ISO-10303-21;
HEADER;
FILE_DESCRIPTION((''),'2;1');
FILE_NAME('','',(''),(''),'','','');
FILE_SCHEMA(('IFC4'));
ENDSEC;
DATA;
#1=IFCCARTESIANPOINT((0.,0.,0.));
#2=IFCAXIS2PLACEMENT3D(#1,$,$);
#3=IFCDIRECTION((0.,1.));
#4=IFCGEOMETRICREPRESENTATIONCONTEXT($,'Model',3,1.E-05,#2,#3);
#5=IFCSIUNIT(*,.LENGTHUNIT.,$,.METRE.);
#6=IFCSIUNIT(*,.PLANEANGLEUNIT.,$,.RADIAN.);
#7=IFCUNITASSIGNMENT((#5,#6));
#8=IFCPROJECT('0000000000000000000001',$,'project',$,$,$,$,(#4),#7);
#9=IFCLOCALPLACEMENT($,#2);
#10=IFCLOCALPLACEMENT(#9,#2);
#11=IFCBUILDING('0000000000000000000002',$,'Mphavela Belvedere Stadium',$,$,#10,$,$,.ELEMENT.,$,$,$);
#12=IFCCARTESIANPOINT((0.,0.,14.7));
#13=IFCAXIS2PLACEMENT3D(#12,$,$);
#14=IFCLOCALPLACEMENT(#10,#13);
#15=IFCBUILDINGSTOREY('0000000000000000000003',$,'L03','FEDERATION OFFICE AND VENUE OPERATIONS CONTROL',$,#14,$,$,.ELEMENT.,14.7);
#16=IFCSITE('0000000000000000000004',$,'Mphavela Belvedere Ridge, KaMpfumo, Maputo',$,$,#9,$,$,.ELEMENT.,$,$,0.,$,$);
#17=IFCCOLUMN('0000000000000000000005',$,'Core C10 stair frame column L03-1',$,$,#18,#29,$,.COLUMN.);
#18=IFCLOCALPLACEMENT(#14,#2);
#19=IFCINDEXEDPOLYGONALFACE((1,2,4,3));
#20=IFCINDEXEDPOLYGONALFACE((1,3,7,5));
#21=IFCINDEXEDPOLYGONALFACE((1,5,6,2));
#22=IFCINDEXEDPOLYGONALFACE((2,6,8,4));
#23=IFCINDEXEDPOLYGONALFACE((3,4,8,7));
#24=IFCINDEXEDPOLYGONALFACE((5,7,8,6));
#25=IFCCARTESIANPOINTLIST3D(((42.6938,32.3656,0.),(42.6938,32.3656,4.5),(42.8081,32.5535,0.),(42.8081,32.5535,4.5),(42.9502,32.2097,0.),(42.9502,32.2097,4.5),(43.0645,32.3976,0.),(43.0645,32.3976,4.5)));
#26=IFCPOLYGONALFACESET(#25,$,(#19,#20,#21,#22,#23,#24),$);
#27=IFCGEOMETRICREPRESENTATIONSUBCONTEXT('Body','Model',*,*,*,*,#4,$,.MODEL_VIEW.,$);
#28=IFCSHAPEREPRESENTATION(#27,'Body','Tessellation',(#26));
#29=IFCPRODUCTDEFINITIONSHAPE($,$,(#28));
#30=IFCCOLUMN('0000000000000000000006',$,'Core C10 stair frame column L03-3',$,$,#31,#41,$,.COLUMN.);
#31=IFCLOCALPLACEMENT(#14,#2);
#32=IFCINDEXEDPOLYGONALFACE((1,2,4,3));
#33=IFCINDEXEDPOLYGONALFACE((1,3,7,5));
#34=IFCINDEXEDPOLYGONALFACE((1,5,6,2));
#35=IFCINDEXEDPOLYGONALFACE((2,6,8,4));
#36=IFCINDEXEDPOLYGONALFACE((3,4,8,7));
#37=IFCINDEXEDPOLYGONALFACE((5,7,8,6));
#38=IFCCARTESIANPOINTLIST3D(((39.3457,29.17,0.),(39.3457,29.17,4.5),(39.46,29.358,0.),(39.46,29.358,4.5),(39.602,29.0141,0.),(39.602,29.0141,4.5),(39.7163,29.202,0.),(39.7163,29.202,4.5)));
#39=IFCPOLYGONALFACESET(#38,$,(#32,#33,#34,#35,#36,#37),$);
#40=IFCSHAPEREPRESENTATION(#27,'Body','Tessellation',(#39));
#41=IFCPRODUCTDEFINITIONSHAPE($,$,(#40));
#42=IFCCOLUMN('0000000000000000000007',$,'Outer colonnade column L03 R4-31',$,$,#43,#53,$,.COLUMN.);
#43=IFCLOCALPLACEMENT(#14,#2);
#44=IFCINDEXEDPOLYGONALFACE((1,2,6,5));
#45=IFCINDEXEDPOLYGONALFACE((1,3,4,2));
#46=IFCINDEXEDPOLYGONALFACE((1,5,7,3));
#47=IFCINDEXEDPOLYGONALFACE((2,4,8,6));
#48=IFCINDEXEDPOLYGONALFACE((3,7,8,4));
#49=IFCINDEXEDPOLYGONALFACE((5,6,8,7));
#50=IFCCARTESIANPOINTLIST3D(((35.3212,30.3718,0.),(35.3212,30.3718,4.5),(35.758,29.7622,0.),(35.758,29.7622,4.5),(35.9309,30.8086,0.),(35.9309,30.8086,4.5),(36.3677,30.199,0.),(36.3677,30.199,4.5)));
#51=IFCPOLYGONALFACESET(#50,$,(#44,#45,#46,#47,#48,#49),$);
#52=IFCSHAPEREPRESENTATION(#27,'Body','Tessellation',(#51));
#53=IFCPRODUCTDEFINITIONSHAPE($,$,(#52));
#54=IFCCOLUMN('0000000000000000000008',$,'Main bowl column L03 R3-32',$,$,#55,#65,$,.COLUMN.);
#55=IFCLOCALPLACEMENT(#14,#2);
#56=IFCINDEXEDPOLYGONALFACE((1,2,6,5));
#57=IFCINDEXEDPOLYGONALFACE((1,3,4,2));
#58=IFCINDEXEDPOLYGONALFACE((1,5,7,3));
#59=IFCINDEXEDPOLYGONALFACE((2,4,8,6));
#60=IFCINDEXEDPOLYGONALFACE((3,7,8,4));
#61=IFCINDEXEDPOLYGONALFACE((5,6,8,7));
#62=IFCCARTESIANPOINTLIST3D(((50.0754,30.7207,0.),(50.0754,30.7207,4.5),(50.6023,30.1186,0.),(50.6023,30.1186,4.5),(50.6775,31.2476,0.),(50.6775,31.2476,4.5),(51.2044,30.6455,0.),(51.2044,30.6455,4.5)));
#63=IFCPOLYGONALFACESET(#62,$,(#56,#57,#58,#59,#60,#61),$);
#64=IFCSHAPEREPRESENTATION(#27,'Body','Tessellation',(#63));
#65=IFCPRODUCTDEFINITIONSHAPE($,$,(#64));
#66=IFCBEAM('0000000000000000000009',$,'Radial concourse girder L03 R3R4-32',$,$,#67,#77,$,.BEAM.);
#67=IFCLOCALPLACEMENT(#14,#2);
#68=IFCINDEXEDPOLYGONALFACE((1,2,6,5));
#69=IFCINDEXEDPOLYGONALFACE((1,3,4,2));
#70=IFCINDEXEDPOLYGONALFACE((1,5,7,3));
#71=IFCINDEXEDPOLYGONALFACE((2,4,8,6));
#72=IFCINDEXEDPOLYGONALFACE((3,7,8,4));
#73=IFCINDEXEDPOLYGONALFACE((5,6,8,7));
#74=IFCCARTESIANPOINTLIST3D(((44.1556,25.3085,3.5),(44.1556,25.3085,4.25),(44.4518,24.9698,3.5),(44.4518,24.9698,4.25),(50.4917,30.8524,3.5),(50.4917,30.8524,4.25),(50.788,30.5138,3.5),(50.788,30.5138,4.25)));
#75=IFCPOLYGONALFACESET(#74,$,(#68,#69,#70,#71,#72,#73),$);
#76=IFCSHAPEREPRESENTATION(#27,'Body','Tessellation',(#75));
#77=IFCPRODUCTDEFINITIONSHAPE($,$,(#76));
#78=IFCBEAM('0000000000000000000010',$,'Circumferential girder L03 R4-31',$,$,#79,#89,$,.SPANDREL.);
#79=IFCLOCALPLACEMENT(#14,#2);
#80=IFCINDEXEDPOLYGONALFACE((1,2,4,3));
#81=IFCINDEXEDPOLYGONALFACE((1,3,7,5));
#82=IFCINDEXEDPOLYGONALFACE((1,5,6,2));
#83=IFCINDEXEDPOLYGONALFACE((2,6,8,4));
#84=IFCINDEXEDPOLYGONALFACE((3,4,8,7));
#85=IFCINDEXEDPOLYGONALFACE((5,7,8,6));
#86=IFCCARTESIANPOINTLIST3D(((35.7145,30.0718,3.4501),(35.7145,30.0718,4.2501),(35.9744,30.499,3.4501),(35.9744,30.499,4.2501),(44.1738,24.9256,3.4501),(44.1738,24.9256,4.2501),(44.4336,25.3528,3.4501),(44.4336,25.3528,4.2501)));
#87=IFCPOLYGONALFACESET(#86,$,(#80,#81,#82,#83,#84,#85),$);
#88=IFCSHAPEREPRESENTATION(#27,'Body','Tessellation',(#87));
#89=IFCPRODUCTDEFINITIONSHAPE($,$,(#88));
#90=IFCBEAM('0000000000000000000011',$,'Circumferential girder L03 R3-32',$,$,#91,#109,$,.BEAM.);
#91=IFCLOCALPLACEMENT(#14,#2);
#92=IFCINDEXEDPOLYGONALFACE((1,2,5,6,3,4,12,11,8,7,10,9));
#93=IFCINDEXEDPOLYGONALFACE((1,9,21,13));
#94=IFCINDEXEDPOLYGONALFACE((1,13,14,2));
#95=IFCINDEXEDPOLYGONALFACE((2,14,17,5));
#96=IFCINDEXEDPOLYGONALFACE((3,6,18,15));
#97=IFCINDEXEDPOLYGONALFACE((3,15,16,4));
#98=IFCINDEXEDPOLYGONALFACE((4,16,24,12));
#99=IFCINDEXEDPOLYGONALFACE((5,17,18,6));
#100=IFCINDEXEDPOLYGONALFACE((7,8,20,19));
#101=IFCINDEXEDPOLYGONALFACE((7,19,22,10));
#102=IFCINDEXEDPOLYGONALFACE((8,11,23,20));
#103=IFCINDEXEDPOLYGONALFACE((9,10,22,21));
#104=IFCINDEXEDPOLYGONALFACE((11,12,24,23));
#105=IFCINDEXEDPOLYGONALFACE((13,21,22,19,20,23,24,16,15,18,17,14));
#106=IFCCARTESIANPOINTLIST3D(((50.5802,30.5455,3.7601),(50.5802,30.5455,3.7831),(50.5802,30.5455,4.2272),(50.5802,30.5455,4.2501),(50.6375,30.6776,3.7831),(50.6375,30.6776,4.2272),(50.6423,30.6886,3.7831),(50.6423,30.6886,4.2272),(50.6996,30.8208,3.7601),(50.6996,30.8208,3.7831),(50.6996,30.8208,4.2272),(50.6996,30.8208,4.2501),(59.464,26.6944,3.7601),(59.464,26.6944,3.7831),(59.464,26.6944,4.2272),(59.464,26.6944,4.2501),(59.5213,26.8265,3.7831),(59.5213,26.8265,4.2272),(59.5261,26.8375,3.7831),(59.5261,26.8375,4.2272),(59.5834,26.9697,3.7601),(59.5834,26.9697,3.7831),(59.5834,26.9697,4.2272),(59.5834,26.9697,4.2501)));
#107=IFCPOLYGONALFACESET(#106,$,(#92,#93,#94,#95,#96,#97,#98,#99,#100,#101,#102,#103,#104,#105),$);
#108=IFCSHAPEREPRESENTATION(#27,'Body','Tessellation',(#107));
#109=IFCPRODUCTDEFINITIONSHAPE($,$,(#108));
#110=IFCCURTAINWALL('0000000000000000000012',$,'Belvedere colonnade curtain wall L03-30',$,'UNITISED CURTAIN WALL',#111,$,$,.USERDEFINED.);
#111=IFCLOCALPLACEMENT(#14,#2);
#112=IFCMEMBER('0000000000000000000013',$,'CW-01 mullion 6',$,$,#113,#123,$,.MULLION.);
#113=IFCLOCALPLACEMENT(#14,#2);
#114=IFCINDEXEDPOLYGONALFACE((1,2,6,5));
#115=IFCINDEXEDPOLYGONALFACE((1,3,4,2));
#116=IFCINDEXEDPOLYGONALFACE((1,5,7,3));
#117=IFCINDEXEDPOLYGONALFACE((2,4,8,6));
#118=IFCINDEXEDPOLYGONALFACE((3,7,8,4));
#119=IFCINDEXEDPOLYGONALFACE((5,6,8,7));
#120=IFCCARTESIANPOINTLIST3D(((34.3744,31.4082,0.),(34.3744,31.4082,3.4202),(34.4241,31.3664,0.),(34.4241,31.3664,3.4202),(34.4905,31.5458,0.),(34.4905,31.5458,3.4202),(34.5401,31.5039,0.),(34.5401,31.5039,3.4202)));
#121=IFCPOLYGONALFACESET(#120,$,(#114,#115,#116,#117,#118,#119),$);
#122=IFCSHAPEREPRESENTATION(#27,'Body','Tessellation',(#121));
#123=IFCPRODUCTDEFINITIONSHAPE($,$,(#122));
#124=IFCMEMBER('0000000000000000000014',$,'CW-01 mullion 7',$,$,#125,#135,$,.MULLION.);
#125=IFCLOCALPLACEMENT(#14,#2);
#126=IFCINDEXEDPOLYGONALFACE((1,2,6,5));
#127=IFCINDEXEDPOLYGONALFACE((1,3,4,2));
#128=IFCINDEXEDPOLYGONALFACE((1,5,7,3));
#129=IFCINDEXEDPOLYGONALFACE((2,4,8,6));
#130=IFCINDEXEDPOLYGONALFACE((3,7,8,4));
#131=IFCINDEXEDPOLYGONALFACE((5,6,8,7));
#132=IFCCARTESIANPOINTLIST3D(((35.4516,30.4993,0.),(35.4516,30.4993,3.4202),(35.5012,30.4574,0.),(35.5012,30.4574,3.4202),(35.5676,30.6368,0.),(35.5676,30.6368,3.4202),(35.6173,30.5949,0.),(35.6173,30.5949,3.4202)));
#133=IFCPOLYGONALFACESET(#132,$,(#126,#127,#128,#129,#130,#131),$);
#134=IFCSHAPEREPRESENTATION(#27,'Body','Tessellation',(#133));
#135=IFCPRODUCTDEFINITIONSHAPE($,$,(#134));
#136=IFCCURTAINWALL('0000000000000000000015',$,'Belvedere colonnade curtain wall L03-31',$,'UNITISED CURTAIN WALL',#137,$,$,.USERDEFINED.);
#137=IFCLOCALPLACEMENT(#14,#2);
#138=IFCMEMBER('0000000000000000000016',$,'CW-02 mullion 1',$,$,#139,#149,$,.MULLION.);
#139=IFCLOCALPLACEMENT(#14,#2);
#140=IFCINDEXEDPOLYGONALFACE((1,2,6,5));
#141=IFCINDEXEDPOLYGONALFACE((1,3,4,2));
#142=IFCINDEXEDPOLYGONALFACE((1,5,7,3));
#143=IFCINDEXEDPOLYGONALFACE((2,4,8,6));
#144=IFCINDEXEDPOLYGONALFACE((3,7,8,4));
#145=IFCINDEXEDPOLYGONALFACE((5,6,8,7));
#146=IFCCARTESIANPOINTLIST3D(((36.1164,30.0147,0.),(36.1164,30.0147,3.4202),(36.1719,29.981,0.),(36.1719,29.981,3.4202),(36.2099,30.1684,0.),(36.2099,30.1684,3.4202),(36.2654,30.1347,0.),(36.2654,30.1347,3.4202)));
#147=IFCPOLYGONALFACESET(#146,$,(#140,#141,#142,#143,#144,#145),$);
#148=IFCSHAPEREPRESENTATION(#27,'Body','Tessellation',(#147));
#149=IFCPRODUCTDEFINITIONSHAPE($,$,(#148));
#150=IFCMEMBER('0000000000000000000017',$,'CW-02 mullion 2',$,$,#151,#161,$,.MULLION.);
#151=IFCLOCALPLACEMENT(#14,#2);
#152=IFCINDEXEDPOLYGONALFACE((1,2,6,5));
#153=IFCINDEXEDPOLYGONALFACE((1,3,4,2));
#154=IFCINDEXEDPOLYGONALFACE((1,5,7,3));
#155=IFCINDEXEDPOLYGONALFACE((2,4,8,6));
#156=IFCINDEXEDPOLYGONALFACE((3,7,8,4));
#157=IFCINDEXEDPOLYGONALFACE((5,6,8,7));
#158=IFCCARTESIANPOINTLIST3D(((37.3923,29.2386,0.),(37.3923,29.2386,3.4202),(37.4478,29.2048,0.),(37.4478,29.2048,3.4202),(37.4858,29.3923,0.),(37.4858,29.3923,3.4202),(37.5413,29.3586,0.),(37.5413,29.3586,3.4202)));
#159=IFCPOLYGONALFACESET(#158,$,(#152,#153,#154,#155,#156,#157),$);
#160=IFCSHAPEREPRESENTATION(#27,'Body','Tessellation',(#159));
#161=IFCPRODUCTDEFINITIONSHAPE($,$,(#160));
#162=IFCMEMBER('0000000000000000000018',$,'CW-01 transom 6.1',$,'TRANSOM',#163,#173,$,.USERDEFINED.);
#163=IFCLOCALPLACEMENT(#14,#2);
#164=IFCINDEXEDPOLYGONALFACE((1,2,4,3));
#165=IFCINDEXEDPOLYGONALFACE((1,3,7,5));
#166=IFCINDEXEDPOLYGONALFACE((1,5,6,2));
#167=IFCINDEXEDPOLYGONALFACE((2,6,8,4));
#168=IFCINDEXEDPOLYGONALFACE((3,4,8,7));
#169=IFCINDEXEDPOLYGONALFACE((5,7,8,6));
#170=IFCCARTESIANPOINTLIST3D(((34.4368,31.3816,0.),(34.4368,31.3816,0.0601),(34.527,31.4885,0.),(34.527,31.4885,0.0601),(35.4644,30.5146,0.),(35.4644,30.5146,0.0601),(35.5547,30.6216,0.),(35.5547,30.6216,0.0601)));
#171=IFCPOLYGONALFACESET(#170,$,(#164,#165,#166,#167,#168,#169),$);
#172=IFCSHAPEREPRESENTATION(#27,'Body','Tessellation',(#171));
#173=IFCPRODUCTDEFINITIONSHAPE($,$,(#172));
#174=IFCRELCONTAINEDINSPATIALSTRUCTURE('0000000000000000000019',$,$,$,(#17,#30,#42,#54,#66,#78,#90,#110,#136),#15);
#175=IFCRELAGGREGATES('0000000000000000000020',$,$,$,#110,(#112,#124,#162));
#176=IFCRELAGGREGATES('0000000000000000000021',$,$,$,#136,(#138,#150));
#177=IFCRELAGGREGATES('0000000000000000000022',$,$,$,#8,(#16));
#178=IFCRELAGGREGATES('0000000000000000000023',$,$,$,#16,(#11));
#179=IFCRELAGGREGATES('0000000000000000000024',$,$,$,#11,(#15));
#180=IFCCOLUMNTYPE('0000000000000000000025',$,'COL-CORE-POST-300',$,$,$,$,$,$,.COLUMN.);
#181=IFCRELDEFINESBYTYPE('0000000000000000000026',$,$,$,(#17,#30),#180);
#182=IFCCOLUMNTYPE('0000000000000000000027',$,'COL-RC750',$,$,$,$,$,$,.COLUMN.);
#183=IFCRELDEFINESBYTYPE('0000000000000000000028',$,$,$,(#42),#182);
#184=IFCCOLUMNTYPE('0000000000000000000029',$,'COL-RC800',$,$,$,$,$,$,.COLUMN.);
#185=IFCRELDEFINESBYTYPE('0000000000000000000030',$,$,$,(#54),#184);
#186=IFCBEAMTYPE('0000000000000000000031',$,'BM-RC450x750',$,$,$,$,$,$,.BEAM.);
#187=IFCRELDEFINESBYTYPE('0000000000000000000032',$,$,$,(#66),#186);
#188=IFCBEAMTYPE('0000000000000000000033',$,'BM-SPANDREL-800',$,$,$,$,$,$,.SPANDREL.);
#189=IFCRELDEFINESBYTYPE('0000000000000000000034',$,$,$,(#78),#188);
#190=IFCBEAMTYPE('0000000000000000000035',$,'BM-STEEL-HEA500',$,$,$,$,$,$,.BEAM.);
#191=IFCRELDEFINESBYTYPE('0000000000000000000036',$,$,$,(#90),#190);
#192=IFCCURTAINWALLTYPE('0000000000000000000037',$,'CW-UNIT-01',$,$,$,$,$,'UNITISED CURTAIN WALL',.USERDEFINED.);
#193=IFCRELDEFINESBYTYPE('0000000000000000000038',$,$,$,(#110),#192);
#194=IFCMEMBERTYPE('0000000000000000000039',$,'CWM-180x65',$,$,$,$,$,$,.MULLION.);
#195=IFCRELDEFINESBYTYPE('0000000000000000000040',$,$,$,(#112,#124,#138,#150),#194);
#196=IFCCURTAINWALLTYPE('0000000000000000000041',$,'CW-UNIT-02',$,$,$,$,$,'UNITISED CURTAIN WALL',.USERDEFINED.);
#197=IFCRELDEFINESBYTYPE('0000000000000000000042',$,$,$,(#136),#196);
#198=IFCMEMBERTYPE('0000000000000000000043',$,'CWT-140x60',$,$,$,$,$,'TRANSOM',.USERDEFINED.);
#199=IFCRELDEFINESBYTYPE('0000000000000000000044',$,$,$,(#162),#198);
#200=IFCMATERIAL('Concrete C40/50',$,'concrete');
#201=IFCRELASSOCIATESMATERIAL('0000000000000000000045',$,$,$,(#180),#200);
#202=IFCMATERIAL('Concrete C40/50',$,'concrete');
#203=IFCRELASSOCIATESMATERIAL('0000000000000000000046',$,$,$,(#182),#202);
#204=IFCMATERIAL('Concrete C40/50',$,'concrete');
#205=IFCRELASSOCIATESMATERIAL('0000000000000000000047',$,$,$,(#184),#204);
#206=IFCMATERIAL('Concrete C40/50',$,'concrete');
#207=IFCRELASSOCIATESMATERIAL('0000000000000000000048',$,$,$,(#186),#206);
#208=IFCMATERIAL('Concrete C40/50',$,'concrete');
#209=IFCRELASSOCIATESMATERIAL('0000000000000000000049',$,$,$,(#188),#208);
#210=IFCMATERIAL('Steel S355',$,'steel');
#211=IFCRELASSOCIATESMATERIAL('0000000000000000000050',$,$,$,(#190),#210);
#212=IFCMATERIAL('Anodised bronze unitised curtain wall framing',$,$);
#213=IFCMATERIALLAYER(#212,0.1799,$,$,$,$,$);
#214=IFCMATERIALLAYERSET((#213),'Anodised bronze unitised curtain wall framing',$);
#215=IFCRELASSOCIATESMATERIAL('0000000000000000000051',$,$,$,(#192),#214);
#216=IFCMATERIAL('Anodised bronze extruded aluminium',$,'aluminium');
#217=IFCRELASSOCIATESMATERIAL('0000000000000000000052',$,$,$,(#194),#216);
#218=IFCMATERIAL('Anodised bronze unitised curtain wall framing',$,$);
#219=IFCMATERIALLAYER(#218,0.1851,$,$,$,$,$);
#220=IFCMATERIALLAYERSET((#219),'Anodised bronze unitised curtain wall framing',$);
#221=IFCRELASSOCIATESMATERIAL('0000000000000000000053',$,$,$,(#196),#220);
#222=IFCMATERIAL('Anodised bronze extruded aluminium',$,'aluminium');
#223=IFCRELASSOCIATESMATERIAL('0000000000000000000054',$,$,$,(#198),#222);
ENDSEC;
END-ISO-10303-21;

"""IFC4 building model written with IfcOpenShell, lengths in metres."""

from ifc_helpers import new_model, si_unit, direction, frame, origin, origin_2d, place, context, subcontext, project, spatial, rectangle, i_section, extrude, material, layer, layer_set, material_profile, profile_set, type_object, element, aggregate, save


model = new_model("IFC4")

# Units and contexts
model_context = context("Model", 3, precision=1e-05, world=origin(), true_north=direction((0.0, 1.0)))
body_context = subcontext(model_context, "Body", "Model", "MODEL_VIEW")
ifc_project = project(units=[si_unit("LENGTHUNIT", "METRE"), si_unit("PLANEANGLEUNIT", "RADIAN")], contexts=[model_context])

# Site, building, storey
site_placement = place(None, origin())
site = spatial("IfcSite", under=ifc_project, at=site_placement, Name="Mphavela Belvedere Ridge, KaMpfumo, Maputo", CompositionType="ELEMENT", RefElevation=0.0)
building_placement = place(site_placement, origin())
building = spatial("IfcBuilding", under=site, at=building_placement, Name="Mphavela Belvedere Stadium", CompositionType="ELEMENT")
storey_placement = place(building_placement, frame((0.0, 0.0, 14.7)))
storey = spatial("IfcBuildingStorey", under=building, at=storey_placement, Name="L03", Description="FEDERATION OFFICE AND VENUE OPERATIONS CONTROL", CompositionType="ELEMENT", Elevation=14.7)

# Columns
ifc_material_1 = material(Name="Concrete C40/50", Category="concrete")
ifc_material_profile_1 = material_profile(ifc_material_1, rectangle(XDim=0.3, YDim=0.22, at=origin_2d()), Name="RC 300x220")
ifc_profile_set_1 = profile_set([ifc_material_profile_1], Name="Concrete C40/50")
column_type_1 = type_object("IfcColumnType", Name="COL-CORE-POST-300", PredefinedType="COLUMN", material=ifc_profile_set_1)
for number, where, z_axis, x_axis, name in (
    (1, (42.8792, 32.3816, 0.0), (0.0, 0.0, 1.0), (-0.854368, 0.519668, 0.0), "Core C10 stair frame column L03-1"),
    (2, (39.531, 29.186, 0.0), (0.0, 0.0, 1.0), (-0.854368, 0.519668, 0.0), "Core C10 stair frame column L03-3"),
):
    element("IfcColumn", number, at=place(storey_placement, frame(where, z_axis=z_axis, x_axis=x_axis)), inside=storey, type_object=column_type_1, Name=name, PredefinedType="COLUMN", context=body_context, shape_type="SweptSolid", body=[
        extrude(rectangle(XDim=0.3, YDim=0.22, at=origin_2d()), origin(), (0.0, 0.0, 1.0), 4.5),
    ])
ifc_material_2 = material(Name="Concrete C40/50", Category="concrete")
ifc_material_profile_2 = material_profile(ifc_material_2, rectangle(XDim=0.75, YDim=0.75, at=origin_2d()), Name="RC 750x750")
ifc_profile_set_2 = profile_set([ifc_material_profile_2], Name="Concrete C40/50")
column_type_2 = type_object("IfcColumnType", Name="COL-RC750", PredefinedType="COLUMN", material=ifc_profile_set_2)
column_1_placement = place(storey_placement, frame((35.8445, 30.2854, 0.0), z_axis=(0.0, 0.0, 1.0), x_axis=(-0.812898, -0.582407, 0.0)))
element("IfcColumn", 3, at=column_1_placement, inside=storey, type_object=column_type_2, Name="Outer colonnade column L03 R4-31", PredefinedType="COLUMN", context=body_context, shape_type="SweptSolid", body=[
    extrude(rectangle(XDim=0.75, YDim=0.75, at=origin_2d()), origin(), (0.0, 0.0, 1.0), 4.5),
])
ifc_material_3 = material(Name="Concrete C40/50", Category="concrete")
ifc_material_profile_3 = material_profile(ifc_material_3, rectangle(XDim=0.8, YDim=0.8, at=origin_2d()), Name="RC 800x800")
ifc_profile_set_3 = profile_set([ifc_material_profile_3], Name="Concrete C40/50")
column_type_3 = type_object("IfcColumnType", Name="COL-RC800", PredefinedType="COLUMN", material=ifc_profile_set_3)
column_2_placement = place(storey_placement, frame((50.6399, 30.6831, 0.0), z_axis=(0.0, 0.0, 1.0), x_axis=(-0.75253, -0.658558, 0.0)))
element("IfcColumn", 4, at=column_2_placement, inside=storey, type_object=column_type_3, Name="Main bowl column L03 R3-32", PredefinedType="COLUMN", context=body_context, shape_type="SweptSolid", body=[
    extrude(rectangle(XDim=0.8, YDim=0.8, at=origin_2d()), origin(), (0.0, 0.0, 1.0), 4.5),
])

# Beams
ifc_material_4 = material(Name="Concrete C40/50", Category="concrete")
ifc_material_profile_4 = material_profile(ifc_material_4, rectangle(XDim=0.45, YDim=0.75, at=origin_2d()), Name="RC 450x750")
ifc_profile_set_4 = profile_set([ifc_material_profile_4], Name="Concrete C40/50")
beam_type_1 = type_object("IfcBeamType", Name="BM-RC450x750", PredefinedType="BEAM", material=ifc_profile_set_4)
beam_1_placement = place(storey_placement, frame((50.6399, 30.6831, 3.875), z_axis=(-0.752589, -0.65849, 0.0), x_axis=(0.65849, -0.752589, 0.0)))
element("IfcBeam", 5, at=beam_1_placement, inside=storey, type_object=beam_type_1, Name="Radial concourse girder L03 R3R4-32", PredefinedType="BEAM", context=body_context, shape_type="SweptSolid", body=[
    extrude(rectangle(XDim=0.45, YDim=0.75, at=origin_2d()), origin(), (0.0, 0.0, 1.0), 8.4192),
])
ifc_material_5 = material(Name="Concrete C40/50", Category="concrete")
ifc_material_profile_5 = material_profile(ifc_material_5, rectangle(XDim=0.5, YDim=0.8, at=origin_2d()), Name="RC 500x800")
ifc_profile_set_5 = profile_set([ifc_material_profile_5], Name="Concrete C40/50")
beam_type_2 = type_object("IfcBeamType", Name="BM-SPANDREL-800", PredefinedType="SPANDREL", material=ifc_profile_set_5)
beam_2_placement = place(storey_placement, frame((35.8445, 30.2854, 3.8501), z_axis=(0.854327, -0.519737, 0.0), x_axis=(0.519737, 0.854327, 0.0)))
element("IfcBeam", 6, at=beam_2_placement, inside=storey, type_object=beam_type_2, Name="Circumferential girder L03 R4-31", PredefinedType="SPANDREL", context=body_context, shape_type="SweptSolid", body=[
    extrude(rectangle(XDim=0.5, YDim=0.8, at=origin_2d()), origin(), (0.0, 0.0, 1.0), 9.9016),
])
ifc_material_6 = material(Name="Steel S355", Category="steel")
ifc_material_profile_6 = material_profile(ifc_material_6, i_section(OverallWidth=0.3, OverallDepth=0.49, WebThickness=0.012, FlangeThickness=0.0229, at=origin_2d()), Name="HEA 500")
ifc_profile_set_6 = profile_set([ifc_material_profile_6], Name="Steel S355")
beam_type_3 = type_object("IfcBeamType", Name="BM-STEEL-HEA500", PredefinedType="BEAM", material=ifc_profile_set_6)
beam_3_placement = place(storey_placement, frame((50.6399, 30.6831, 4.0051), z_axis=(0.917502, -0.397732, 0.0), x_axis=(0.397732, 0.917502, 0.0)))
element("IfcBeam", 7, at=beam_3_placement, inside=storey, type_object=beam_type_3, Name="Circumferential girder L03 R3-32", PredefinedType="BEAM", context=body_context, shape_type="SweptSolid", body=[
    extrude(i_section(OverallWidth=0.3, OverallDepth=0.49, WebThickness=0.012, FlangeThickness=0.0229, at=origin_2d()), origin(), (0.0, 0.0, 1.0), 9.6826),
])

# Curtain walls, members
ifc_material_7 = material(Name="Anodised bronze unitised curtain wall framing")
ifc_layer_1 = layer(ifc_material_7, 0.1799)
ifc_layer_set_1 = layer_set([ifc_layer_1], Name="Anodised bronze unitised curtain wall framing")
curtain_wall_type_1 = type_object("IfcCurtainWallType", Name="CW-UNIT-01", ElementType="UNITISED CURTAIN WALL", PredefinedType="USERDEFINED", material=ifc_layer_set_1)
curtain_wall_1_placement = place(storey_placement, origin())
curtain_wall_1 = element("IfcCurtainWall", 8, at=curtain_wall_1_placement, inside=storey, type_object=curtain_wall_type_1, Name="Belvedere colonnade curtain wall L03-30", ObjectType="UNITISED CURTAIN WALL", PredefinedType="USERDEFINED")
ifc_material_8 = material(Name="Anodised bronze extruded aluminium", Category="aluminium")
ifc_material_profile_7 = material_profile(ifc_material_8, rectangle(XDim=0.1799, YDim=0.0649, at=origin_2d()), Name="CW-MUL 180x65")
ifc_profile_set_7 = profile_set([ifc_material_profile_7], Name="Anodised bronze extruded aluminium")
member_type_1 = type_object("IfcMemberType", Name="CWM-180x65", PredefinedType="MULLION", material=ifc_profile_set_7)
member_1_placement = place(storey_placement, frame((34.4573, 31.4561, 0.0), z_axis=(0.0, 0.0, 1.0), x_axis=(0.644905, 0.764263, 0.0)))
member_1 = element("IfcMember", 9, at=member_1_placement, type_object=member_type_1, Name="CW-01 mullion 6", PredefinedType="MULLION", context=body_context, shape_type="SweptSolid", body=[
    extrude(rectangle(XDim=0.1799, YDim=0.0649, at=origin_2d()), origin(), (0.0, 0.0, 1.0), 3.4202),
])
member_2_placement = place(storey_placement, frame((35.5344, 30.5471, 0.0), z_axis=(0.0, 0.0, 1.0), x_axis=(0.644905, 0.764263, 0.0)))
member_2 = element("IfcMember", 10, at=member_2_placement, type_object=member_type_1, Name="CW-01 mullion 7", PredefinedType="MULLION", context=body_context, shape_type="SweptSolid", body=[
    extrude(rectangle(XDim=0.1799, YDim=0.0649, at=origin_2d()), origin(), (0.0, 0.0, 1.0), 3.4202),
])
ifc_material_9 = material(Name="Anodised bronze unitised curtain wall framing")
ifc_layer_2 = layer(ifc_material_9, 0.1851)
ifc_layer_set_2 = layer_set([ifc_layer_2], Name="Anodised bronze unitised curtain wall framing")
curtain_wall_type_2 = type_object("IfcCurtainWallType", Name="CW-UNIT-02", ElementType="UNITISED CURTAIN WALL", PredefinedType="USERDEFINED", material=ifc_layer_set_2)
curtain_wall_2_placement = place(storey_placement, origin())
curtain_wall_2 = element("IfcCurtainWall", 11, at=curtain_wall_2_placement, inside=storey, type_object=curtain_wall_type_2, Name="Belvedere colonnade curtain wall L03-31", ObjectType="UNITISED CURTAIN WALL", PredefinedType="USERDEFINED")
member_3_placement = place(storey_placement, frame((36.1909, 30.0747, 0.0), z_axis=(0.0, 0.0, 1.0), x_axis=(0.519738, 0.854325, 0.0)))
member_3 = element("IfcMember", 12, at=member_3_placement, type_object=member_type_1, Name="CW-02 mullion 1", PredefinedType="MULLION", context=body_context, shape_type="SweptSolid", body=[
    extrude(rectangle(XDim=0.1799, YDim=0.0649, at=origin_2d()), origin(), (0.0, 0.0, 1.0), 3.4202),
])
member_4_placement = place(storey_placement, frame((37.4668, 29.2986, 0.0), z_axis=(0.0, 0.0, 1.0), x_axis=(0.519738, 0.854325, 0.0)))
member_4 = element("IfcMember", 13, at=member_4_placement, type_object=member_type_1, Name="CW-02 mullion 2", PredefinedType="MULLION", context=body_context, shape_type="SweptSolid", body=[
    extrude(rectangle(XDim=0.1799, YDim=0.0649, at=origin_2d()), origin(), (0.0, 0.0, 1.0), 3.4202),
])

# Member
ifc_material_10 = material(Name="Anodised bronze extruded aluminium", Category="aluminium")
ifc_material_profile_8 = material_profile(ifc_material_10, rectangle(XDim=0.1399, YDim=0.0601, at=origin_2d()), Name="CW-TRN 140x60")
ifc_profile_set_8 = profile_set([ifc_material_profile_8], Name="Anodised bronze extruded aluminium")
member_type_2 = type_object("IfcMemberType", Name="CWT-140x60", ElementType="TRANSOM", PredefinedType="USERDEFINED", material=ifc_profile_set_8)
member_5_placement = place(storey_placement, frame((34.4819, 31.4351, 0.03), z_axis=(0.764322, -0.644834, 0.0), x_axis=(0.644834, 0.764322, 0.0)))
member_5 = element("IfcMember", 14, at=member_5_placement, type_object=member_type_2, Name="CW-01 transom 6.1", ObjectType="TRANSOM", PredefinedType="USERDEFINED", context=body_context, shape_type="SweptSolid", body=[
    extrude(rectangle(XDim=0.1399, YDim=0.0601, at=origin_2d()), origin(), (0.0, 0.0, 1.0), 1.3445),
])

aggregate(curtain_wall_1, [member_1, member_2, member_5])
aggregate(curtain_wall_2, [member_3, member_4])

save(model, "model.ifc")
